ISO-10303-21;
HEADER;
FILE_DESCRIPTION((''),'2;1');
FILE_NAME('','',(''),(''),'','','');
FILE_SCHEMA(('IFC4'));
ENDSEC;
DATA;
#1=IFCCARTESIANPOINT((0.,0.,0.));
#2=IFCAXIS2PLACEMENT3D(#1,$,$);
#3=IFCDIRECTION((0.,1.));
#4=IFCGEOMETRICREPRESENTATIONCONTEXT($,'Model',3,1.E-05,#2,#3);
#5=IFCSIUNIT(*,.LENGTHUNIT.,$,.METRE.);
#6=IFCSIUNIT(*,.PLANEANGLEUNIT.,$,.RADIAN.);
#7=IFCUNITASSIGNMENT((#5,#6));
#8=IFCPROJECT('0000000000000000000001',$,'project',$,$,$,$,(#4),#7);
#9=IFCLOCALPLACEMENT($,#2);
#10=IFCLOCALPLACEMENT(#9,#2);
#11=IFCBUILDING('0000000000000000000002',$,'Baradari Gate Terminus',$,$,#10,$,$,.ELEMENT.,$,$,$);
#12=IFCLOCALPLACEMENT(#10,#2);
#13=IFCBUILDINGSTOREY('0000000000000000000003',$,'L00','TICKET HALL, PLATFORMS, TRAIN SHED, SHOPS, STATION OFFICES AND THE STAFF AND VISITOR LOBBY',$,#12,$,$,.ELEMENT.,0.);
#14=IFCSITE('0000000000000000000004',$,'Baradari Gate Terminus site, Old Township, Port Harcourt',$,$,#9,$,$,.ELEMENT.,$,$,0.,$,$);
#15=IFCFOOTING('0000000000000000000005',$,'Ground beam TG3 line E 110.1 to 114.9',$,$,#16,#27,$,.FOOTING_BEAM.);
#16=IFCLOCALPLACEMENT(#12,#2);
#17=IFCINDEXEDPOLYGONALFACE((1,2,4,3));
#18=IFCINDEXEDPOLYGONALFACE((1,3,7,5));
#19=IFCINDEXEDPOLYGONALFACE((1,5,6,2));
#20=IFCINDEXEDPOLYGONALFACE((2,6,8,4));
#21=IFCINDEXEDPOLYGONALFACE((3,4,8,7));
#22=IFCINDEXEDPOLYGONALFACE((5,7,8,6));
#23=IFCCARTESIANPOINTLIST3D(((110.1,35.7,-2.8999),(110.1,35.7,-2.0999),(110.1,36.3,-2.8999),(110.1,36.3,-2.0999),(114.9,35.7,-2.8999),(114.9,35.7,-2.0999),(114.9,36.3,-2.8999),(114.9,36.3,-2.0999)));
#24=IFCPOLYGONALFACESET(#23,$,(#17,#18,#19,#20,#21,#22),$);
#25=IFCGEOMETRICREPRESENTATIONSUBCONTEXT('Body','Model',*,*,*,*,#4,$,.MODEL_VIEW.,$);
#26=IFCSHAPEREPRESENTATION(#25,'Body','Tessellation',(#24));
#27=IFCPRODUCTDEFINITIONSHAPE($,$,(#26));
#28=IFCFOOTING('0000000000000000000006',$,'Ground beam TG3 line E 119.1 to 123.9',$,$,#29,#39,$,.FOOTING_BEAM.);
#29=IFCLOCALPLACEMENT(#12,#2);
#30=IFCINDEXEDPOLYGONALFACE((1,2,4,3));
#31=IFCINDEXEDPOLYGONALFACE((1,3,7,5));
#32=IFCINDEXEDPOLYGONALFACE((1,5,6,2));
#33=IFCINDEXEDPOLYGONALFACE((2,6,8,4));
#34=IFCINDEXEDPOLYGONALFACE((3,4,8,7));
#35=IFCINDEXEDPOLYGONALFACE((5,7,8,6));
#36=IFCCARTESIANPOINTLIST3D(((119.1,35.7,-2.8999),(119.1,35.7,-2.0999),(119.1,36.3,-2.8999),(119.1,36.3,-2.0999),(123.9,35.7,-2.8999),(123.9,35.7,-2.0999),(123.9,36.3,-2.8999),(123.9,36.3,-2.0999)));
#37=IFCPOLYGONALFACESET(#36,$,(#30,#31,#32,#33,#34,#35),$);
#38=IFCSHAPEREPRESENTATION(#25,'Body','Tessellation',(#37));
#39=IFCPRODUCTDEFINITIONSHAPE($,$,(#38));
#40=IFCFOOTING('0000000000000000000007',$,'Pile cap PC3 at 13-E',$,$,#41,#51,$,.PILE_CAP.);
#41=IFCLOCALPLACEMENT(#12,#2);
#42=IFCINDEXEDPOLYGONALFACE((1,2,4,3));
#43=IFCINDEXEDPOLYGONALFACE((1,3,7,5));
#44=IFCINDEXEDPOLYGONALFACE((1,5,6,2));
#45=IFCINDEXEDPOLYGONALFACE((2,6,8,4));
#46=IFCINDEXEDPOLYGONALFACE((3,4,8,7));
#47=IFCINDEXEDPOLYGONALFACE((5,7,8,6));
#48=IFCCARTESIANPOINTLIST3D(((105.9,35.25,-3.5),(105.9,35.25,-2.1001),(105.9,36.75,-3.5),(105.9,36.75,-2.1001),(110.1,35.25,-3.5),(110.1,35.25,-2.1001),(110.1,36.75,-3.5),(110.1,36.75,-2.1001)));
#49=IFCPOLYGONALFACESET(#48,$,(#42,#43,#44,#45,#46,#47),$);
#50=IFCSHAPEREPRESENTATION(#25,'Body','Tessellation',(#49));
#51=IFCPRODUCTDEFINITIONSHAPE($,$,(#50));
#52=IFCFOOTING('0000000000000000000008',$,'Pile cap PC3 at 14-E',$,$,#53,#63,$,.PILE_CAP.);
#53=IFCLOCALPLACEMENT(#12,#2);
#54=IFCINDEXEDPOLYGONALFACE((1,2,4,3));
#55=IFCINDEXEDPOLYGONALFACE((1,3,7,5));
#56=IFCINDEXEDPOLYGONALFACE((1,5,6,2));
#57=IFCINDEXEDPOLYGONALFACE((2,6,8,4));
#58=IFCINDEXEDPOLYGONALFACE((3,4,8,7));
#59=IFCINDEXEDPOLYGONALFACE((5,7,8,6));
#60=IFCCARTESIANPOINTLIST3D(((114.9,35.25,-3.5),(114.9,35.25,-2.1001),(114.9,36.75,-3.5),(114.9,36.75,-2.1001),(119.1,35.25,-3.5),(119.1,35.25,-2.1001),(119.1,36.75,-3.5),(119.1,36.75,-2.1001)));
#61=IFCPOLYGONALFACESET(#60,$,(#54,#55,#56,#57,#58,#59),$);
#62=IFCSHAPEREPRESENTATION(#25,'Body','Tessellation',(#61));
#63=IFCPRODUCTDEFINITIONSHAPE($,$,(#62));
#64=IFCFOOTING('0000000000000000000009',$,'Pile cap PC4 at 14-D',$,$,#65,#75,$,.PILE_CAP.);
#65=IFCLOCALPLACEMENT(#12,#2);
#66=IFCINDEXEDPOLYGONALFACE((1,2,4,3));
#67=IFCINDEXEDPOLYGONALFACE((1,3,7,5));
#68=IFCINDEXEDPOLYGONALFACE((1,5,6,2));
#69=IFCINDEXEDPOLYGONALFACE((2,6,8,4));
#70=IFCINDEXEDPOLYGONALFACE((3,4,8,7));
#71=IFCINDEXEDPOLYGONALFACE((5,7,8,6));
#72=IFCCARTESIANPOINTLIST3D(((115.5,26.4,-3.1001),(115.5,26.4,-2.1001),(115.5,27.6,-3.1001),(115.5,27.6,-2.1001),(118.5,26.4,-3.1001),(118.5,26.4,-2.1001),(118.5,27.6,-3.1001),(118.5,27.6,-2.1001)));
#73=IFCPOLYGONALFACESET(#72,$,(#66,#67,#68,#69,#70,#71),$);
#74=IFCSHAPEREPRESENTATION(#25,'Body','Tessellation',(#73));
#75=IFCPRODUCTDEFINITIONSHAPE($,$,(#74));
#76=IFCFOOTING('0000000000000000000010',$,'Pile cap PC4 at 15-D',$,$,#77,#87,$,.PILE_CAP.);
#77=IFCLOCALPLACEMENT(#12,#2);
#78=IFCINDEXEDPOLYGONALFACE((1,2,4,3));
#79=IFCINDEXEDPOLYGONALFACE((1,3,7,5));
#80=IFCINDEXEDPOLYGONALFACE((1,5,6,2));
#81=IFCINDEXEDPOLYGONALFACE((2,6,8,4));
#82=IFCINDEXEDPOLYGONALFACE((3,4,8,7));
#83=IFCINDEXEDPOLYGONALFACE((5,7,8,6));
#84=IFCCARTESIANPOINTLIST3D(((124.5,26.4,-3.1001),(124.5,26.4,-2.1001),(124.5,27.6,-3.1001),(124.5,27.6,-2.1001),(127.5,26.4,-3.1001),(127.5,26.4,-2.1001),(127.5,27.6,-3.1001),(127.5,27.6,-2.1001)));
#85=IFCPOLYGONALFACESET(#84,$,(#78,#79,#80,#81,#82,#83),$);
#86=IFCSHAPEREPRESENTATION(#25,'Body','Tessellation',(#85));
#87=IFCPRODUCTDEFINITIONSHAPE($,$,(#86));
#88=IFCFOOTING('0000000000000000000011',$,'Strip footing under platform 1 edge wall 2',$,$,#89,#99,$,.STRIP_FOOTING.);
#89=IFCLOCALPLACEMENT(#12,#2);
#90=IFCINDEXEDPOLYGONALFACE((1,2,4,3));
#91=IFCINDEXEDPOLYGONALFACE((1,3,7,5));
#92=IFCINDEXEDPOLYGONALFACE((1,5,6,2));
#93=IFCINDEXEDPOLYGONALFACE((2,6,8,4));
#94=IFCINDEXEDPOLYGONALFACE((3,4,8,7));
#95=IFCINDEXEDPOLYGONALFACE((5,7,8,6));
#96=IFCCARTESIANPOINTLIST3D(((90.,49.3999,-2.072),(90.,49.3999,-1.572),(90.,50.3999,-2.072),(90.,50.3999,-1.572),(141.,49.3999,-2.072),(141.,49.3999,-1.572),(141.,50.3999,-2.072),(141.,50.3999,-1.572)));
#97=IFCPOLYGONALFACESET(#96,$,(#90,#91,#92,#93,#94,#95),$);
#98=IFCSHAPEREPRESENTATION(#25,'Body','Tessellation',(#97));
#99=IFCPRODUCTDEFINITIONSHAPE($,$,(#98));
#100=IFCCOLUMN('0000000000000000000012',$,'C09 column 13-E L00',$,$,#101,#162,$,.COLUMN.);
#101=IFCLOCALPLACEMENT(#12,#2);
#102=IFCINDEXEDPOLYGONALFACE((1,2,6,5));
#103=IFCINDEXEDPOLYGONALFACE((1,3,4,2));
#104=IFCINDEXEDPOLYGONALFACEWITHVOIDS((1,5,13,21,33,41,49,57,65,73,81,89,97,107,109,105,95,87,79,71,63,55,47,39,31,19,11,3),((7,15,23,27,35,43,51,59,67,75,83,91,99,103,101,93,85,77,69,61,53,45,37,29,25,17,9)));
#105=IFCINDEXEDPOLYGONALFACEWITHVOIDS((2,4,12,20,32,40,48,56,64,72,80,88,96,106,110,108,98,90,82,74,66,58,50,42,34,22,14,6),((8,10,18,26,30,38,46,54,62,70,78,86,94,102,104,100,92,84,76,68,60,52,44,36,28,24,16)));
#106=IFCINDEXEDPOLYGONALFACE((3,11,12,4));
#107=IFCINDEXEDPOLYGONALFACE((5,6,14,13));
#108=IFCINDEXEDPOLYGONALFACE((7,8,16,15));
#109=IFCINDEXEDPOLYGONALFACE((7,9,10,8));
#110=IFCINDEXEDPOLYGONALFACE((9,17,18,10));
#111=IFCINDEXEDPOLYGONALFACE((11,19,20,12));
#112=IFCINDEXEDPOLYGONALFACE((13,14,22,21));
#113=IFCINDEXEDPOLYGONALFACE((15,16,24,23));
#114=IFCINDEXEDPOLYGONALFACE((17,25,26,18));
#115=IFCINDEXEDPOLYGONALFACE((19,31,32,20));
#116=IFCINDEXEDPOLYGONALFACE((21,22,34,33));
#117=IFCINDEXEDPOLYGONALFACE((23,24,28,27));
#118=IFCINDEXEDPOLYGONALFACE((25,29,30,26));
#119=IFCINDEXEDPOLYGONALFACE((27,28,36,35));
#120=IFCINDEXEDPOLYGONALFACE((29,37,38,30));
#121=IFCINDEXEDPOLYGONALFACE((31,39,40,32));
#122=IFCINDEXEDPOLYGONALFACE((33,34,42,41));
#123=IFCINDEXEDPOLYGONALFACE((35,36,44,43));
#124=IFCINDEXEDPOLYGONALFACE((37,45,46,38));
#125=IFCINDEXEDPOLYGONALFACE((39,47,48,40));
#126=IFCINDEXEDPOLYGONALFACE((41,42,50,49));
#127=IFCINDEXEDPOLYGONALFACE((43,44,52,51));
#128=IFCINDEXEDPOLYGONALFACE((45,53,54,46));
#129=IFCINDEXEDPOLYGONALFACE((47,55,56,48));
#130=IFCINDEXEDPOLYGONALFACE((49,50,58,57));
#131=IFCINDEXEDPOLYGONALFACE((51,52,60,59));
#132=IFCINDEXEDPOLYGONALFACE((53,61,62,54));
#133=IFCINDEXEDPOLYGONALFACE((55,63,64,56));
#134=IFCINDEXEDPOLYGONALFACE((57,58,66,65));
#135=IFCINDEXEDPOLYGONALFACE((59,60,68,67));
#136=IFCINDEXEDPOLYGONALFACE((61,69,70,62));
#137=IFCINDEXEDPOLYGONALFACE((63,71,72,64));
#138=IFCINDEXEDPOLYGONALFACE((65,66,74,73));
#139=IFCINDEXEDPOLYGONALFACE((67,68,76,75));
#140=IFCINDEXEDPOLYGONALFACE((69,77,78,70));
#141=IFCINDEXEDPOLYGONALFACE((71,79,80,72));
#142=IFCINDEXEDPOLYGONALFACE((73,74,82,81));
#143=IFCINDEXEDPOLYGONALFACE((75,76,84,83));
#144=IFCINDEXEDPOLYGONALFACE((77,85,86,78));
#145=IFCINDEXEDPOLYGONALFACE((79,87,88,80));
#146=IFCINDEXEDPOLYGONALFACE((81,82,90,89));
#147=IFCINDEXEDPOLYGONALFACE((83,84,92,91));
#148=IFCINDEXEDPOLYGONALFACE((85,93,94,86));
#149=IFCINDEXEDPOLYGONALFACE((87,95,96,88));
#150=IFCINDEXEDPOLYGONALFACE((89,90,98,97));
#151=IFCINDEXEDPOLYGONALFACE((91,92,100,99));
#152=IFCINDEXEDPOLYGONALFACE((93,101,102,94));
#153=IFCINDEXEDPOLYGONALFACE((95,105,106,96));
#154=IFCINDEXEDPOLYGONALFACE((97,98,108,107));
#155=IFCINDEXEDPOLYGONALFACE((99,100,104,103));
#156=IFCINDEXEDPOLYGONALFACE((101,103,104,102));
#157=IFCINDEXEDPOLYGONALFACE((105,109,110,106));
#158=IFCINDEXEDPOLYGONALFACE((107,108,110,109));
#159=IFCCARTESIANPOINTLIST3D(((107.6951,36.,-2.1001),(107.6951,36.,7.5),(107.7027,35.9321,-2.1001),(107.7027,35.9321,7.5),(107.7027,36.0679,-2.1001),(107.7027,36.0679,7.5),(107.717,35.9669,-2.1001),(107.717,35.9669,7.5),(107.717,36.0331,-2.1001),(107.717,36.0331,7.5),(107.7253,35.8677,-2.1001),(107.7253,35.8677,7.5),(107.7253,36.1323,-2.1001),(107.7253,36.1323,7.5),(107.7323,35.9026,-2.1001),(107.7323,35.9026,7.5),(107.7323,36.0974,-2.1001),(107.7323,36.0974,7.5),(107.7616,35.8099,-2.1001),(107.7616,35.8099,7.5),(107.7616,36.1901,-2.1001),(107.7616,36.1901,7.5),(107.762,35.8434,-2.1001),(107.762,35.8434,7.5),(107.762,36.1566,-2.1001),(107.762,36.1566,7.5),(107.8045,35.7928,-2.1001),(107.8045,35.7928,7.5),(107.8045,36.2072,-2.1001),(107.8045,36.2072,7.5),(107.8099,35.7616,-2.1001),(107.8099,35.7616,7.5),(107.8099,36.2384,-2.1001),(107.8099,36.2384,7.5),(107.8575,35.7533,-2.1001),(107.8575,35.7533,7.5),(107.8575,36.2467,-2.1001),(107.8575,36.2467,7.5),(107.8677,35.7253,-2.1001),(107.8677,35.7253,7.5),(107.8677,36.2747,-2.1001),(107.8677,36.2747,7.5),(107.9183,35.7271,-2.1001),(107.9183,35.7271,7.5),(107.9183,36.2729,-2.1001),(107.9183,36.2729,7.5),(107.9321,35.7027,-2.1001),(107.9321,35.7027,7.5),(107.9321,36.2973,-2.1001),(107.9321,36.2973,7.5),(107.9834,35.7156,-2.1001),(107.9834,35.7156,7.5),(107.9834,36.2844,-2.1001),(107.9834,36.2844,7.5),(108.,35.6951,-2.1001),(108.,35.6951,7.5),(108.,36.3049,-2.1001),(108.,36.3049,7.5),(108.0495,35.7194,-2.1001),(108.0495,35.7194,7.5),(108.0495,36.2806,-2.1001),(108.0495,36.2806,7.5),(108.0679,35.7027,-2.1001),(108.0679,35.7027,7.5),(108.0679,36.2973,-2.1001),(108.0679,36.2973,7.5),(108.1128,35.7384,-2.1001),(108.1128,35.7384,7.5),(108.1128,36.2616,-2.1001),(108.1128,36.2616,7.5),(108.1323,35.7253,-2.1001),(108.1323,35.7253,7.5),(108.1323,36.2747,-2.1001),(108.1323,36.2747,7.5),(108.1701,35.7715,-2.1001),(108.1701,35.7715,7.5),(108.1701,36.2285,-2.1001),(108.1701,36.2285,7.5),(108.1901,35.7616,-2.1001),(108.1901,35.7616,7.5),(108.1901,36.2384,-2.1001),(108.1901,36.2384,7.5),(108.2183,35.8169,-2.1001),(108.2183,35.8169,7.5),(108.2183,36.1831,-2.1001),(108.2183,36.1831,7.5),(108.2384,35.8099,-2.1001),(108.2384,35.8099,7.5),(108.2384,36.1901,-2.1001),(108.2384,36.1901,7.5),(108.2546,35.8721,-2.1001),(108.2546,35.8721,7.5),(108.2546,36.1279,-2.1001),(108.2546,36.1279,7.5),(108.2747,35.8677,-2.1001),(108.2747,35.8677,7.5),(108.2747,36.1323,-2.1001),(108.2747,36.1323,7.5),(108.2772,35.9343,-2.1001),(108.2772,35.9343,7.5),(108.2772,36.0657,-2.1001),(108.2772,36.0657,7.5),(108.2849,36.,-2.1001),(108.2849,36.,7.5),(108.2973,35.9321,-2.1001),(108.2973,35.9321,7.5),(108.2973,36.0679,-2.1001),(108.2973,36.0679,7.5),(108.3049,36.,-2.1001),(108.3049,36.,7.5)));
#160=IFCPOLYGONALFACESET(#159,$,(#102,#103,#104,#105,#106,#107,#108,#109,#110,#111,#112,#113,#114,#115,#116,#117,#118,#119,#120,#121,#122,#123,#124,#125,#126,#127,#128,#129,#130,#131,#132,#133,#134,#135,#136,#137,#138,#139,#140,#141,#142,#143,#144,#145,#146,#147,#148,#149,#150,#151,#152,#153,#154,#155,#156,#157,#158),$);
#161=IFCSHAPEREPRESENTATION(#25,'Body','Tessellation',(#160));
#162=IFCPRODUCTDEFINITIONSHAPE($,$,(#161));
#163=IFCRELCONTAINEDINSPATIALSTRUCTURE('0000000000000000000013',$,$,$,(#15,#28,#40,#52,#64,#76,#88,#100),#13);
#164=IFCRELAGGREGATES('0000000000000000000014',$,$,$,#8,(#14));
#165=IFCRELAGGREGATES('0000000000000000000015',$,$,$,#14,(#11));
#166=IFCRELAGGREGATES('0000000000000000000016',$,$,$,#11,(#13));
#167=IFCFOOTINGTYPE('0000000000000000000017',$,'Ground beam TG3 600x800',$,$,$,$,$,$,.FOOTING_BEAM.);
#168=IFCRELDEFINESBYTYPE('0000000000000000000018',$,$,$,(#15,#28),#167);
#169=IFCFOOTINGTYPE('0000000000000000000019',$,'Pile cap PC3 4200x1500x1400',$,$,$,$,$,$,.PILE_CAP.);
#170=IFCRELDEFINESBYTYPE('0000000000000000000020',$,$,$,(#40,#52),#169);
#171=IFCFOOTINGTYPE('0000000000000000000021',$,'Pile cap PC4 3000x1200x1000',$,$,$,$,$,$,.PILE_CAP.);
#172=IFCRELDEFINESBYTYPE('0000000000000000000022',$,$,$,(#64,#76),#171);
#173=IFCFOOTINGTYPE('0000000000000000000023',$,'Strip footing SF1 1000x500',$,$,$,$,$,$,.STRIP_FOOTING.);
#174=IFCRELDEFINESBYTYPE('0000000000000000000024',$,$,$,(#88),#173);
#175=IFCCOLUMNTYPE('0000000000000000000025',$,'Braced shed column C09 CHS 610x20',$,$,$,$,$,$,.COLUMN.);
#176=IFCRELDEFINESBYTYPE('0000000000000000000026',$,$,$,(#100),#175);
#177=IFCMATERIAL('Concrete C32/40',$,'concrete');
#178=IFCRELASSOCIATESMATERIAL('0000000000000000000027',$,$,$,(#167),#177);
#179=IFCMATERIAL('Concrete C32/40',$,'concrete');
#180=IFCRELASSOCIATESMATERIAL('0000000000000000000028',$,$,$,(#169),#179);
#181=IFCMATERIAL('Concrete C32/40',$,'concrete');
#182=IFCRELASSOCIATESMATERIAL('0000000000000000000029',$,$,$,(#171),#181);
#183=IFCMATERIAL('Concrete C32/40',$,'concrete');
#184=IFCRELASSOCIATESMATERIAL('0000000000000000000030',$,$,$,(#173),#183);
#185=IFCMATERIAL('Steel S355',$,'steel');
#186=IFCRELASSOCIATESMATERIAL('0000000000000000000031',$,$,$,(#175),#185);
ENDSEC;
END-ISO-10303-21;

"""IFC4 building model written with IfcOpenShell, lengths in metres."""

from ifc_helpers import new_model, si_unit, direction, frame, origin, origin_2d, place, context, subcontext, project, spatial, rectangle, hollow_circle, extrude, material, material_profile, profile_set, type_object, element, save


model = new_model("IFC4")

# Units and contexts
model_context = context("Model", 3, precision=1e-05, world=origin(), true_north=direction((0.0, 1.0)))
body_context = subcontext(model_context, "Body", "Model", "MODEL_VIEW")
ifc_project = project(units=[si_unit("LENGTHUNIT", "METRE"), si_unit("PLANEANGLEUNIT", "RADIAN")], contexts=[model_context])

# Site, building, storey
site_placement = place(None, origin())
site = spatial("IfcSite", under=ifc_project, at=site_placement, Name="Baradari Gate Terminus site, Old Township, Port Harcourt", CompositionType="ELEMENT", RefElevation=0.0)
building_placement = place(site_placement, origin())
building = spatial("IfcBuilding", under=site, at=building_placement, Name="Baradari Gate Terminus", CompositionType="ELEMENT")
storey_placement = place(building_placement, origin())
storey = spatial("IfcBuildingStorey", under=building, at=storey_placement, Name="L00", Description="TICKET HALL, PLATFORMS, TRAIN SHED, SHOPS, STATION OFFICES AND THE STAFF AND VISITOR LOBBY", CompositionType="ELEMENT", Elevation=0.0)

# Footings
ifc_material_1 = material(Name="Concrete C32/40", Category="concrete")
footing_type_1 = type_object("IfcFootingType", Name="Ground beam TG3 600x800", PredefinedType="FOOTING_BEAM", material=ifc_material_1)
for number, where, z_axis, x_axis, name in (
    (1, (112.5, 36.0, -2.8999), (0.0, 0.0, 1.0), (1.0, 0.0, 0.0), "Ground beam TG3 line E 110.1 to 114.9"),
    (2, (121.5, 36.0, -2.8999), (0.0, 0.0, 1.0), (1.0, 0.0, 0.0), "Ground beam TG3 line E 119.1 to 123.9"),
):
    element("IfcFooting", number, at=place(storey_placement, frame(where, z_axis=z_axis, x_axis=x_axis)), inside=storey, type_object=footing_type_1, Name=name, PredefinedType="FOOTING_BEAM", context=body_context, shape_type="SweptSolid", body=[
        extrude(rectangle(XDim=4.8, YDim=0.6001, at=origin_2d()), origin(), (0.0, 0.0, 1.0), 0.8),
    ])
ifc_material_2 = material(Name="Concrete C32/40", Category="concrete")
footing_type_2 = type_object("IfcFootingType", Name="Pile cap PC3 4200x1500x1400", PredefinedType="PILE_CAP", material=ifc_material_2)
for number, where, z_axis, x_axis, name in (
    (3, (108.0, 36.0, -3.5), (0.0, 0.0, 1.0), (1.0, 0.0, 0.0), "Pile cap PC3 at 13-E"),
    (4, (117.0, 36.0, -3.5), (0.0, 0.0, 1.0), (1.0, 0.0, 0.0), "Pile cap PC3 at 14-E"),
):
    element("IfcFooting", number, at=place(storey_placement, frame(where, z_axis=z_axis, x_axis=x_axis)), inside=storey, type_object=footing_type_2, Name=name, PredefinedType="PILE_CAP", context=body_context, shape_type="SweptSolid", body=[
        extrude(rectangle(XDim=4.2, YDim=1.5, at=origin_2d()), origin(), (0.0, 0.0, 1.0), 1.3999),
    ])
ifc_material_3 = material(Name="Concrete C32/40", Category="concrete")
footing_type_3 = type_object("IfcFootingType", Name="Pile cap PC4 3000x1200x1000", PredefinedType="PILE_CAP", material=ifc_material_3)
for number, where, z_axis, x_axis, name in (
    (5, (117.0, 27.0, -3.1001), (0.0, 0.0, 1.0), (1.0, 0.0, 0.0), "Pile cap PC4 at 14-D"),
    (6, (126.0, 27.0, -3.1001), (0.0, 0.0, 1.0), (1.0, 0.0, 0.0), "Pile cap PC4 at 15-D"),
):
    element("IfcFooting", number, at=place(storey_placement, frame(where, z_axis=z_axis, x_axis=x_axis)), inside=storey, type_object=footing_type_3, Name=name, PredefinedType="PILE_CAP", context=body_context, shape_type="SweptSolid", body=[
        extrude(rectangle(XDim=3.0, YDim=1.2, at=origin_2d()), origin(), (0.0, 0.0, 1.0), 1.0),
    ])
ifc_material_4 = material(Name="Concrete C32/40", Category="concrete")
footing_type_4 = type_object("IfcFootingType", Name="Strip footing SF1 1000x500", PredefinedType="STRIP_FOOTING", material=ifc_material_4)
footing_placement = place(storey_placement, frame((115.5, 49.8999, -2.072), z_axis=(0.0, 0.0, 1.0), x_axis=(1.0, 0.0, 0.0)))
element("IfcFooting", 7, at=footing_placement, inside=storey, type_object=footing_type_4, Name="Strip footing under platform 1 edge wall 2", PredefinedType="STRIP_FOOTING", context=body_context, shape_type="SweptSolid", body=[
    extrude(rectangle(XDim=51.0, YDim=1.0, at=origin_2d()), origin(), (0.0, 0.0, 1.0), 0.5),
])

# Column
ifc_material_5 = material(Name="Steel S355", Category="steel")
ifc_material_profile_1 = material_profile(ifc_material_5, hollow_circle(Radius=0.3049, WallThickness=0.02, at=origin_2d()), Name="CHS 610x20")
ifc_profile_set_1 = profile_set([ifc_material_profile_1], Name="Steel S355")
column_type_1 = type_object("IfcColumnType", Name="Braced shed column C09 CHS 610x20", PredefinedType="COLUMN", material=ifc_profile_set_1)
for number, where, z_axis, x_axis, name in (
    (8, (108.0, 36.0, -2.1001), (0.0, 0.0, 1.0), (1.0, 0.0, 0.0), "C09 column 13-E L00"),
):
    element("IfcColumn", number, at=place(storey_placement, frame(where, z_axis=z_axis, x_axis=x_axis)), inside=storey, type_object=column_type_1, Name=name, PredefinedType="COLUMN", context=body_context, shape_type="SweptSolid", body=[
        extrude(hollow_circle(Radius=0.3049, WallThickness=0.02, at=origin_2d()), origin(), (0.0, 0.0, 1.0), 9.6001),
    ])

save(model, "model.ifc")
